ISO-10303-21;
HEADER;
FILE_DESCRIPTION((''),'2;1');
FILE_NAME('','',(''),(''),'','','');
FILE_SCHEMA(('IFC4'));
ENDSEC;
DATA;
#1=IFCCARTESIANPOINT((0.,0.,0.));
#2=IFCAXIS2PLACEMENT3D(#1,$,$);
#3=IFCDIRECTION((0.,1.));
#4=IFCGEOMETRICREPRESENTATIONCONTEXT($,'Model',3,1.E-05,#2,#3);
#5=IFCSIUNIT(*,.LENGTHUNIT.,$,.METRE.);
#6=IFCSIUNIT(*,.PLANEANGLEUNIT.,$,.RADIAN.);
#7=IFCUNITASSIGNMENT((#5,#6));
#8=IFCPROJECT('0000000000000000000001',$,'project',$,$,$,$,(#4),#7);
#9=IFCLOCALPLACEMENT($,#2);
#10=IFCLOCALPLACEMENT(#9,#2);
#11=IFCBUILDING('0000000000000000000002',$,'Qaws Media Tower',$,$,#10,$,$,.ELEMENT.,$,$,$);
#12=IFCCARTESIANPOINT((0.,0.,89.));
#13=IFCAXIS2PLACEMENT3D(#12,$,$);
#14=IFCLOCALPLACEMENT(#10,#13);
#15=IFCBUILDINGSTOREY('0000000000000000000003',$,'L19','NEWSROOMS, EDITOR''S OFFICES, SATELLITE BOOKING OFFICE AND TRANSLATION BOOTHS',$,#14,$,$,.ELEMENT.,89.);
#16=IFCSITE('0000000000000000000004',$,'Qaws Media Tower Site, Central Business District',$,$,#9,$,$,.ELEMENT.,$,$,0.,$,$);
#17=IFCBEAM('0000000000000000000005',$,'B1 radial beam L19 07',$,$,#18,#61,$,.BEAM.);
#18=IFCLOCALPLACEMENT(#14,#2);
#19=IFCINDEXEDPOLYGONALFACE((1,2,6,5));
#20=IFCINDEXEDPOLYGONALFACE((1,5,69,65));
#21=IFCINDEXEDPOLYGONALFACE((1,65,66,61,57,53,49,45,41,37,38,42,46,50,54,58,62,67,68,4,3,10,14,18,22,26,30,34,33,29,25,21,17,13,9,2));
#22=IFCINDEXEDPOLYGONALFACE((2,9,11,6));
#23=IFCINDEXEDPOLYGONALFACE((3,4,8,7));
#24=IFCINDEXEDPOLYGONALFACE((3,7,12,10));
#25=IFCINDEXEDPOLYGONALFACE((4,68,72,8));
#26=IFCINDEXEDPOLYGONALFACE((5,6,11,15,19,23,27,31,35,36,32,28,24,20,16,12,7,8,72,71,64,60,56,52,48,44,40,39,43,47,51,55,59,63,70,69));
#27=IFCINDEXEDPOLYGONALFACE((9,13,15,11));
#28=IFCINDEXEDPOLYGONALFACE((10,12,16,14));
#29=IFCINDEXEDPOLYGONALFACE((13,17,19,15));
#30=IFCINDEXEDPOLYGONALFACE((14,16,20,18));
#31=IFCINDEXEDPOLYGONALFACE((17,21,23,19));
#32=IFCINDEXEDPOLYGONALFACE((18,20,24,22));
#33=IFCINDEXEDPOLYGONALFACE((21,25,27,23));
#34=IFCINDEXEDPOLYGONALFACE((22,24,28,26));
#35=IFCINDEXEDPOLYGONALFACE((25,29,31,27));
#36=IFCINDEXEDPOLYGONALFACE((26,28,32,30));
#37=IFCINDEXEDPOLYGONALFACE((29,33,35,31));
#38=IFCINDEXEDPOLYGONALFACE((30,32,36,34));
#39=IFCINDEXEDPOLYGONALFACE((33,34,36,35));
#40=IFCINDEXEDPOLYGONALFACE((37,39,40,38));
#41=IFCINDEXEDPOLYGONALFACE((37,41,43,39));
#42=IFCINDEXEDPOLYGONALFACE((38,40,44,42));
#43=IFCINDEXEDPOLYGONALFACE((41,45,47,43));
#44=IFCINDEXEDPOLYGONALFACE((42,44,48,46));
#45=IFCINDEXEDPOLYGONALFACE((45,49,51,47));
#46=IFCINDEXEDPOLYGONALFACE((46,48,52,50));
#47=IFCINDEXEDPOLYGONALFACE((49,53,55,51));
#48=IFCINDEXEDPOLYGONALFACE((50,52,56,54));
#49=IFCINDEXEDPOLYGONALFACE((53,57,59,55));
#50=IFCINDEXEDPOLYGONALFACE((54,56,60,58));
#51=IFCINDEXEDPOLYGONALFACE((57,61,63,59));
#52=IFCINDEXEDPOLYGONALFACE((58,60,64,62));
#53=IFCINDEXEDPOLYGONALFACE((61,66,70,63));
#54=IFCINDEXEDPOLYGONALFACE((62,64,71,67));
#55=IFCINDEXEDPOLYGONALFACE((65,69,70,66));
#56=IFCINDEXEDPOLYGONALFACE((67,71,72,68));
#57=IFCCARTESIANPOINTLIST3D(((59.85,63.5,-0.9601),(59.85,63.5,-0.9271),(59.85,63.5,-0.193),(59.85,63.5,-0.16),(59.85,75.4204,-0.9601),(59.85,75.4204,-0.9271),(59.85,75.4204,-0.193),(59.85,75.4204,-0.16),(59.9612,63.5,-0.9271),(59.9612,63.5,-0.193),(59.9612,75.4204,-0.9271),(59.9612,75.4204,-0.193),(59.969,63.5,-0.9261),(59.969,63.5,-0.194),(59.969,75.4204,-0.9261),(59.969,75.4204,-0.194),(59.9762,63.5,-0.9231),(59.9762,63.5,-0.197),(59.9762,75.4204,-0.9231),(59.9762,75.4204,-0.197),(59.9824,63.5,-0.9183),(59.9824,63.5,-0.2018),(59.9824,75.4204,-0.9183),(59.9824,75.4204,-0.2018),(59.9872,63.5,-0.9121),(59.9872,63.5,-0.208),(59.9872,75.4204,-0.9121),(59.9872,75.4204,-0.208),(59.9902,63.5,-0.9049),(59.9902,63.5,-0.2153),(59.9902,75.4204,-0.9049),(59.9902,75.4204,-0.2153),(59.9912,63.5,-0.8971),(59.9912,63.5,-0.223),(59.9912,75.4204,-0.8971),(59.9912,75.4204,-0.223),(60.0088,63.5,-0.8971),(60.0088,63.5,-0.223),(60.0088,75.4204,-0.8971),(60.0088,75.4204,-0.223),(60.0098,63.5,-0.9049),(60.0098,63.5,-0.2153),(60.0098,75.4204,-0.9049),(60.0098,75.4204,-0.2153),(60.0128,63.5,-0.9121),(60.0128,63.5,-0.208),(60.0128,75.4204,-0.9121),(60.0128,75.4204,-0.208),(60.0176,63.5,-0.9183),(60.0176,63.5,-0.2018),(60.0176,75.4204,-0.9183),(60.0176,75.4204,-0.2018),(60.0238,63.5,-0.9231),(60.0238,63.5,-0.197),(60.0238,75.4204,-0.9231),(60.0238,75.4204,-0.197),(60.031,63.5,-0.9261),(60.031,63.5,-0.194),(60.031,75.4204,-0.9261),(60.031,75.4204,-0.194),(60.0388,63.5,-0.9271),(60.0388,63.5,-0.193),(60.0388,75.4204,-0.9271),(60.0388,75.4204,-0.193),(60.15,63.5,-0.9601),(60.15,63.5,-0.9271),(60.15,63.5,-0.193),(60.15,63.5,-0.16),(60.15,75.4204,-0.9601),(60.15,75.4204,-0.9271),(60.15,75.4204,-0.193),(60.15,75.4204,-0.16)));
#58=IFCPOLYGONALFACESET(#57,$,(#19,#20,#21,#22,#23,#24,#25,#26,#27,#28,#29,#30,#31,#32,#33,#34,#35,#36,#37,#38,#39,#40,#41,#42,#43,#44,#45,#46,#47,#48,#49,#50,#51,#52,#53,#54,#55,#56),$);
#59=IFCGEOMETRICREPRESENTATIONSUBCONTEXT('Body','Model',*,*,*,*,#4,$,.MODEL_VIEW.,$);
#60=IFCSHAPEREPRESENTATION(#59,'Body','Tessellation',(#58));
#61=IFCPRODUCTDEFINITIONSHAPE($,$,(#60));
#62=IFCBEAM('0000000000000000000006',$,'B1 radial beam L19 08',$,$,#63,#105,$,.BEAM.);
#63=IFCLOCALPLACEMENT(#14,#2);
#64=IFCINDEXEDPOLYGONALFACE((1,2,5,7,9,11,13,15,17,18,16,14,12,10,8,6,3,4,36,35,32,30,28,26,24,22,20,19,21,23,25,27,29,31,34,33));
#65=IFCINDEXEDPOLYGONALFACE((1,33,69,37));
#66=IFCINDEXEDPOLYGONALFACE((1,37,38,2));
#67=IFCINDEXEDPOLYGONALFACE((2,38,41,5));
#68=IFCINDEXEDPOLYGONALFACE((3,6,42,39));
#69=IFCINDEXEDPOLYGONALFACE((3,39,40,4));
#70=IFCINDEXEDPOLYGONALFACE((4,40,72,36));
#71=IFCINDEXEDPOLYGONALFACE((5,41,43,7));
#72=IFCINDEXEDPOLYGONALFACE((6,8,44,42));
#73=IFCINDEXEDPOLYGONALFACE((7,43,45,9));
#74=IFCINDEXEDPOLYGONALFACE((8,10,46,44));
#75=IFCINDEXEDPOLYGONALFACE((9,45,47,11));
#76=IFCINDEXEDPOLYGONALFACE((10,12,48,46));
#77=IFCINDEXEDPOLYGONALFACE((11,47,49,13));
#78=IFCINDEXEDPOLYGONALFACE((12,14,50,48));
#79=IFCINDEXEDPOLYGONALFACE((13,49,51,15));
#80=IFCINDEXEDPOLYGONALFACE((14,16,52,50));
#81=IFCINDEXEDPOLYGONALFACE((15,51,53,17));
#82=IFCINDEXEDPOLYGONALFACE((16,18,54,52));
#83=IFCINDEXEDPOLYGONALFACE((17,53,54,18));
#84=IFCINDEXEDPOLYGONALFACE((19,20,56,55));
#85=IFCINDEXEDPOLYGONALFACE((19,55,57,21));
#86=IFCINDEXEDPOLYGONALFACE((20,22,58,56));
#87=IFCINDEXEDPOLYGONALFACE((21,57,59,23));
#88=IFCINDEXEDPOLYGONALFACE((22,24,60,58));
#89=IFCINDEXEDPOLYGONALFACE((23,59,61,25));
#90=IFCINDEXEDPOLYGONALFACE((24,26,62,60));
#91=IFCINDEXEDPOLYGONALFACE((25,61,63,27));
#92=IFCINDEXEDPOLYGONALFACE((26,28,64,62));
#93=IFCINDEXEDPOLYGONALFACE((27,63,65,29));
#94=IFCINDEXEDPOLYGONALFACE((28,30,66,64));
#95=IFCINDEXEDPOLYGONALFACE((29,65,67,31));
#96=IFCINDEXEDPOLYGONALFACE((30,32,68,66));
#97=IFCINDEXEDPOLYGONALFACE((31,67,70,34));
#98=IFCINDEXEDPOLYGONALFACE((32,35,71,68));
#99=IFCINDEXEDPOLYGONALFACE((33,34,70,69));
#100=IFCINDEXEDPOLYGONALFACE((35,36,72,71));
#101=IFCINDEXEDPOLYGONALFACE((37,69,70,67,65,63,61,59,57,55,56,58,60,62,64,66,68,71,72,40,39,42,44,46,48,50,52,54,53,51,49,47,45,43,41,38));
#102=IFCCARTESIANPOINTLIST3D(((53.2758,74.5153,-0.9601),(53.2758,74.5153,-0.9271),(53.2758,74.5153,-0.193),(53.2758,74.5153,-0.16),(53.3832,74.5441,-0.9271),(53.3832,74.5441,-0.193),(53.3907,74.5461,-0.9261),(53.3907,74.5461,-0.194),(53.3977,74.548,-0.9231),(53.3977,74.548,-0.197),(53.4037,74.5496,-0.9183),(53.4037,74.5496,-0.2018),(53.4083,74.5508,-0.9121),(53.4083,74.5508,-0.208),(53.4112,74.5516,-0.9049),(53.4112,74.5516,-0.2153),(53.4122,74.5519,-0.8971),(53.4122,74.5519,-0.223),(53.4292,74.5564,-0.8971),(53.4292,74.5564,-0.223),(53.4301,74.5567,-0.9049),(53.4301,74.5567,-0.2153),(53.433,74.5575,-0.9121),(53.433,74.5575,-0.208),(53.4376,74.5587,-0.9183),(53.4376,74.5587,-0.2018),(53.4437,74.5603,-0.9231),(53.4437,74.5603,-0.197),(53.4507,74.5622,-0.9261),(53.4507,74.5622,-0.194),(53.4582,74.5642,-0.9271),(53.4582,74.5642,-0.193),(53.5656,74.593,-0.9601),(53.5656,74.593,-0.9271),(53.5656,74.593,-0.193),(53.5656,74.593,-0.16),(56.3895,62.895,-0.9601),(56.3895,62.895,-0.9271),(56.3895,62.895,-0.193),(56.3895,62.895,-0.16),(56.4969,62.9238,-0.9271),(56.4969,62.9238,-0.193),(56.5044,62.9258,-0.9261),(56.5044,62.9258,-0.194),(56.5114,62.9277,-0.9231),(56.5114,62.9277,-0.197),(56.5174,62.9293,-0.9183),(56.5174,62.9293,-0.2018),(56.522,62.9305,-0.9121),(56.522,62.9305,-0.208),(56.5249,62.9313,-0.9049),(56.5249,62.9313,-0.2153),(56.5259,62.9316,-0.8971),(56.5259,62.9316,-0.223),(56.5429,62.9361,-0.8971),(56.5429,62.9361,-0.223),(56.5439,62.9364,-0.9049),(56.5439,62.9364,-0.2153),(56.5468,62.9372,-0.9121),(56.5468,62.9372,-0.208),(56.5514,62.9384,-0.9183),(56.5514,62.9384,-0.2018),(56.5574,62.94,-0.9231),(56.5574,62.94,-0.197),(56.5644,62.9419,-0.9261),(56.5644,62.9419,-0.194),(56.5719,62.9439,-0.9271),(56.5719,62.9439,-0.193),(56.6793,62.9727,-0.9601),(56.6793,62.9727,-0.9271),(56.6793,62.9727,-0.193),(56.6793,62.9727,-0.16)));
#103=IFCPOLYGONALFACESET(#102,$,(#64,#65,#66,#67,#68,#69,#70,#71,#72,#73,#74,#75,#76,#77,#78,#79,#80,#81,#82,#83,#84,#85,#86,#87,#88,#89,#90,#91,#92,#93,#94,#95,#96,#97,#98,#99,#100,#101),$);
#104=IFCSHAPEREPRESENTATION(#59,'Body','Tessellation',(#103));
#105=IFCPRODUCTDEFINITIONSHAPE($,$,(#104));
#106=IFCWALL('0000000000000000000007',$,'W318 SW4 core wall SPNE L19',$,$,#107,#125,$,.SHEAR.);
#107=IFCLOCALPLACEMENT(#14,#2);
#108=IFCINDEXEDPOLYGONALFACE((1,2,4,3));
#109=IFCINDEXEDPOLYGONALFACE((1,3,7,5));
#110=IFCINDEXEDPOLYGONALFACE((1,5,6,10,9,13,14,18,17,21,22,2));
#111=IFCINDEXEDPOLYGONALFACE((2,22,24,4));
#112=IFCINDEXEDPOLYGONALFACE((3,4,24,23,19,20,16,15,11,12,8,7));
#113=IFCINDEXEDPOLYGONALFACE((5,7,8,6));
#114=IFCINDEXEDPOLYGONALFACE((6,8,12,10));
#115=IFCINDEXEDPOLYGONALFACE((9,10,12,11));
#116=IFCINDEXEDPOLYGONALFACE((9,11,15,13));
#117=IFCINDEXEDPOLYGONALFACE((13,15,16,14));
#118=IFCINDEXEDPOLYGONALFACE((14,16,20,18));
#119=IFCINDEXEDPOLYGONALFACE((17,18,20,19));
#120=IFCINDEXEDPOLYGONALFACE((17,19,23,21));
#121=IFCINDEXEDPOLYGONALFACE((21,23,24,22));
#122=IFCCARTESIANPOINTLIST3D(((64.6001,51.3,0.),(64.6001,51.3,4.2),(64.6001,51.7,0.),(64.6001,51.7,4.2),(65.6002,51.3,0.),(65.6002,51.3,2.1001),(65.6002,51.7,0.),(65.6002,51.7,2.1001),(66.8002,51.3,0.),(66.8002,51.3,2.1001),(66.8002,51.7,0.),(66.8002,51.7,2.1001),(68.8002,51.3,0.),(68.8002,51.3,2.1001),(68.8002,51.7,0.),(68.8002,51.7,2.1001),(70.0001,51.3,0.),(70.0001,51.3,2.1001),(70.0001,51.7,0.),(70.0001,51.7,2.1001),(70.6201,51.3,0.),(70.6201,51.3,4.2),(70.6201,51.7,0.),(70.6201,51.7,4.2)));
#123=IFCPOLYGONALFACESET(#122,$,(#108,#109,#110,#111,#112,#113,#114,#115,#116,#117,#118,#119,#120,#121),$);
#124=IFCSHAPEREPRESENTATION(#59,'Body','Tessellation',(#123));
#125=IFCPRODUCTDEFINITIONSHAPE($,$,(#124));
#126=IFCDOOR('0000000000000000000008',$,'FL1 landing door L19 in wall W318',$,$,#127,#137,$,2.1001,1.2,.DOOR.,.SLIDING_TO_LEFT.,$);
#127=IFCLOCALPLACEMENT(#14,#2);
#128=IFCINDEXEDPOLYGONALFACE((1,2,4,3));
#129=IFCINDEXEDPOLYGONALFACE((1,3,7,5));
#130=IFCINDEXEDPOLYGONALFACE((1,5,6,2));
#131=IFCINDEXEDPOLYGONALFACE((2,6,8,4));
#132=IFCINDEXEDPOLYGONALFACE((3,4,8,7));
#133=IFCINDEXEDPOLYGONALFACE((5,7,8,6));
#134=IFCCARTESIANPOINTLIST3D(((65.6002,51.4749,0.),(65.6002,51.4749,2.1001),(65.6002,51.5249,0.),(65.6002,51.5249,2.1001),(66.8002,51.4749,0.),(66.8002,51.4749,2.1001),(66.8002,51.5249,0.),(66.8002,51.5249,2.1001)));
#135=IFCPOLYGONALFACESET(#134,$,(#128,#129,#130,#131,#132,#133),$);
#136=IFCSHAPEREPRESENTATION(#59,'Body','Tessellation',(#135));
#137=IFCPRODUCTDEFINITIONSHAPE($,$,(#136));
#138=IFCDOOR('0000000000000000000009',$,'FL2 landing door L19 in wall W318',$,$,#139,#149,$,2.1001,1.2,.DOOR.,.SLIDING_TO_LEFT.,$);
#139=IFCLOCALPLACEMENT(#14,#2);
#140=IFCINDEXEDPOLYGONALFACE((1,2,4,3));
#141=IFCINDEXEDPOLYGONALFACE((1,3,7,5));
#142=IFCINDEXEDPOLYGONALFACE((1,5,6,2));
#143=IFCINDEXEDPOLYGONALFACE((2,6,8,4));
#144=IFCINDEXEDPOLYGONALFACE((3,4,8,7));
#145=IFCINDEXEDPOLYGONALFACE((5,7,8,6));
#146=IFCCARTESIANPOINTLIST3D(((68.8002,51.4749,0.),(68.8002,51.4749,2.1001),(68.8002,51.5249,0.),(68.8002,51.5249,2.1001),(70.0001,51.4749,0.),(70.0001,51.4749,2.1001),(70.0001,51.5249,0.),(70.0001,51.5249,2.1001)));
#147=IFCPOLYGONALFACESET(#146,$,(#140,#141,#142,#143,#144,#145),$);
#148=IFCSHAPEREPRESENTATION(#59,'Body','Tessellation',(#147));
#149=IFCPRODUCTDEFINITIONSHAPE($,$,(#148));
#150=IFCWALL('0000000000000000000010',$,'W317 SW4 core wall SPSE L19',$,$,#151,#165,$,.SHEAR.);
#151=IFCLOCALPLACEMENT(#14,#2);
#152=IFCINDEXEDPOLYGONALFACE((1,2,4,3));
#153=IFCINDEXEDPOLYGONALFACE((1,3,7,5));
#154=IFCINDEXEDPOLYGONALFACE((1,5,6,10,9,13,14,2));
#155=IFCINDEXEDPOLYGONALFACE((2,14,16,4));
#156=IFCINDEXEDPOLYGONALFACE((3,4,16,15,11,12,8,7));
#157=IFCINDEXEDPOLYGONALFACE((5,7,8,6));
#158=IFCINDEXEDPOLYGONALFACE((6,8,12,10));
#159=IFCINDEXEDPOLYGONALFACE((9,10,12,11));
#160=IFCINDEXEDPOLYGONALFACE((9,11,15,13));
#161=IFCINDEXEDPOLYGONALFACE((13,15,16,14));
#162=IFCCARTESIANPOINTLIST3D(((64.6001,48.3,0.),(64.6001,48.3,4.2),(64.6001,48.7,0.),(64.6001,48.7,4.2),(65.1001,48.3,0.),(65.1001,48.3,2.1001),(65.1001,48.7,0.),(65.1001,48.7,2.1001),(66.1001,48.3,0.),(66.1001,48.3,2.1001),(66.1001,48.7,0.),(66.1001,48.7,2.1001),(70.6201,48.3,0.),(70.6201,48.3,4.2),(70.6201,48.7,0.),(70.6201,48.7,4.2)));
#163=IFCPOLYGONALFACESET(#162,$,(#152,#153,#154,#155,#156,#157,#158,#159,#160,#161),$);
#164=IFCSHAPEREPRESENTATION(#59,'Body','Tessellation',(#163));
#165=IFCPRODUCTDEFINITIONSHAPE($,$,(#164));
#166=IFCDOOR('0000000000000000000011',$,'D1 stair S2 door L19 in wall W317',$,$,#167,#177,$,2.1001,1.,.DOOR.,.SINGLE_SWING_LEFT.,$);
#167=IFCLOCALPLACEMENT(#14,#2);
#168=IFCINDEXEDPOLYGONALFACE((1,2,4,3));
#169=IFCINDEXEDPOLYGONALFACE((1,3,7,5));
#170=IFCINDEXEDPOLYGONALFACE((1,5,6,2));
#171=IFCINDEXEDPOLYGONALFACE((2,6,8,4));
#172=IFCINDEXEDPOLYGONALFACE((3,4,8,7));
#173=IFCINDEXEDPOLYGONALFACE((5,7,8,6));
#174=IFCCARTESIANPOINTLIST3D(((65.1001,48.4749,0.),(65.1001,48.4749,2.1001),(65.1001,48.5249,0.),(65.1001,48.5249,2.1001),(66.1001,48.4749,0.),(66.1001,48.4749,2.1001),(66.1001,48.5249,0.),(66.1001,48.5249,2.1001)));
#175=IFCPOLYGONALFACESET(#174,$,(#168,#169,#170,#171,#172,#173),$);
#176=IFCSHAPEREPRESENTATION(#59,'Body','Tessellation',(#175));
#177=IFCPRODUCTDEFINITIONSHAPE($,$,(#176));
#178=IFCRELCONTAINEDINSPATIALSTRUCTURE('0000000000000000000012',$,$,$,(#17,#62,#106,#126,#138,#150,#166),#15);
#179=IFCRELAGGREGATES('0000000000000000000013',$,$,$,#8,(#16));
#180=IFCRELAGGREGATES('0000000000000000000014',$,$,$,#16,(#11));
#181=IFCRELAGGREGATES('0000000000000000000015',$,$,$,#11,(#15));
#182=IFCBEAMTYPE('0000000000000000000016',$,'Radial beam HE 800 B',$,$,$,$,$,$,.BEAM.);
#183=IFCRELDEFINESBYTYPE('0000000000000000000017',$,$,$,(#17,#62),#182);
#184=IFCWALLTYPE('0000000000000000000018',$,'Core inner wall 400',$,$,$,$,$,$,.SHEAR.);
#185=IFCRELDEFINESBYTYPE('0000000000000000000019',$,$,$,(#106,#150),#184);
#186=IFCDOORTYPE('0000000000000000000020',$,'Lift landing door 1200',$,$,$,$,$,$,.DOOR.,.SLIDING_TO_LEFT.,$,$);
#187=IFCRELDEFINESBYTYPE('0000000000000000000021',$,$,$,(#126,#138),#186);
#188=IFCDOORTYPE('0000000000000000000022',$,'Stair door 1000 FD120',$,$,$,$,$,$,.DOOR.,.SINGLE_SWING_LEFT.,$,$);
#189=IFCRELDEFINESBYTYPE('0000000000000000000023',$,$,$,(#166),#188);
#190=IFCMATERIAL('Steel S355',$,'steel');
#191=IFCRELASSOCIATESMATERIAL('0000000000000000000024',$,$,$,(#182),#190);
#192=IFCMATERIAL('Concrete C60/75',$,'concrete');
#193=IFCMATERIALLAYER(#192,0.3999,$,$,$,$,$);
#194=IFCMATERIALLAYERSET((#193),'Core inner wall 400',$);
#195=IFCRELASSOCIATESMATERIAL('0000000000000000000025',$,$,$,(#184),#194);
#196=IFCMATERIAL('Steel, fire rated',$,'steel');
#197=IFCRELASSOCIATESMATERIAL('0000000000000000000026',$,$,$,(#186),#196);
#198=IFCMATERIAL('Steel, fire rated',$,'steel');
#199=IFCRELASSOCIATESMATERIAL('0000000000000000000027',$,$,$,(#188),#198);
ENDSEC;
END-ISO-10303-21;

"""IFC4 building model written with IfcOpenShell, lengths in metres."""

from ifc_helpers import new_model, si_unit, direction, frame, frame_2d, origin, origin_2d, place, context, subcontext, project, spatial, rectangle, i_section, extrude, material, layer, layer_set, material_profile, profile_set, type_object, element, fill, save


model = new_model("IFC4")

# Units and contexts
model_context = context("Model", 3, precision=1e-05, world=origin(), true_north=direction((0.0, 1.0)))
body_context = subcontext(model_context, "Body", "Model", "MODEL_VIEW")
ifc_project = project(units=[si_unit("LENGTHUNIT", "METRE"), si_unit("PLANEANGLEUNIT", "RADIAN")], contexts=[model_context])

# Site, building, storey
site_placement = place(None, origin())
site = spatial("IfcSite", under=ifc_project, at=site_placement, Name="Qaws Media Tower Site, Central Business District", CompositionType="ELEMENT", RefElevation=0.0)
building_placement = place(site_placement, origin())
building = spatial("IfcBuilding", under=site, at=building_placement, Name="Qaws Media Tower", CompositionType="ELEMENT")
storey_placement = place(building_placement, frame((0.0, 0.0, 89.0)))
storey = spatial("IfcBuildingStorey", under=building, at=storey_placement, Name="L19", Description="NEWSROOMS, EDITOR'S OFFICES, SATELLITE BOOKING OFFICE AND TRANSLATION BOOTHS", CompositionType="ELEMENT", Elevation=89.0)

# Beams
ifc_material_1 = material(Name="Steel S355", Category="steel")
ifc_material_profile_1 = material_profile(ifc_material_1, i_section(OverallWidth=0.3, OverallDepth=0.8, WebThickness=0.0176, FlangeThickness=0.033, FilletRadius=0.03, at=origin_2d()), Name="HE 800 B")
ifc_profile_set_1 = profile_set([ifc_material_profile_1], Name="Steel S355")
beam_type_1 = type_object("IfcBeamType", Name="Radial beam HE 800 B", PredefinedType="BEAM", material=ifc_profile_set_1)
beam_1_placement = place(storey_placement, frame((60.0, 63.5, -0.5601), z_axis=(0.0, 1.0, 0.0), x_axis=(-1.0, 0.0, 0.0)))
element("IfcBeam", 1, at=beam_1_placement, inside=storey, type_object=beam_type_1, Name="B1 radial beam L19 07", PredefinedType="BEAM", context=body_context, shape_type="SweptSolid", body=[
    extrude(i_section(OverallWidth=0.3, OverallDepth=0.8, WebThickness=0.0176, FlangeThickness=0.033, FilletRadius=0.03, at=origin_2d()), origin(), (0.0, 0.0, 1.0), 11.9204),
])
beam_2_placement = place(storey_placement, frame((56.5344, 62.9338, -0.5601), z_axis=(-0.258827, 0.965924, 0.0), x_axis=(-0.965924, -0.258827, 0.0)))
element("IfcBeam", 2, at=beam_2_placement, inside=storey, type_object=beam_type_1, Name="B1 radial beam L19 08", PredefinedType="BEAM", context=body_context, shape_type="SweptSolid", body=[
    extrude(i_section(OverallWidth=0.3, OverallDepth=0.8, WebThickness=0.0176, FlangeThickness=0.033, FilletRadius=0.03, at=origin_2d()), origin(), (0.0, 0.0, 1.0), 12.0303),
])

# Wall, openings, doors
ifc_material_2 = material(Name="Concrete C60/75", Category="concrete")
ifc_layer_1 = layer(ifc_material_2, 0.3999)
ifc_layer_set_1 = layer_set([ifc_layer_1], Name="Core inner wall 400")
wall_type_1 = type_object("IfcWallType", Name="Core inner wall 400", PredefinedType="SHEAR", material=ifc_layer_set_1)
wall_1_placement = place(storey_placement, frame((64.6001, 51.5, 0.0), z_axis=(0.0, 0.0, 1.0), x_axis=(1.0, 0.0, 0.0)))
wall_1 = element("IfcWall", 3, at=wall_1_placement, inside=storey, type_object=wall_type_1, Name="W318 SW4 core wall SPNE L19", PredefinedType="SHEAR", context=body_context, shape_type="SweptSolid", body=[
    extrude(rectangle(XDim=6.02, YDim=0.3999, at=frame_2d((3.01, 0.0))), origin(), (0.0, 0.0, 1.0), 4.2),
])
opening_1_placement = place(wall_1_placement, frame((1.0, 0.0, 0.0)))
opening_1 = element("IfcOpeningElement", 4, at=opening_1_placement, cuts=wall_1, PredefinedType="OPENING", context=body_context, shape_type="SweptSolid", body=[
    extrude(rectangle(XDim=1.2, YDim=2.1001, at=frame_2d((0.6001, 1.05))), frame((0.0, 0.21, 0.0), z_axis=(0.0, -1.0, 0.0), x_axis=(1.0, 0.0, 0.0)), (0.0, 0.0, 1.0), 0.4199),
])
opening_2_placement = place(wall_1_placement, frame((4.2, 0.0, 0.0)))
opening_2 = element("IfcOpeningElement", 5, at=opening_2_placement, cuts=wall_1, PredefinedType="OPENING", context=body_context, shape_type="SweptSolid", body=[
    extrude(rectangle(XDim=1.2, YDim=2.1001, at=frame_2d((0.6001, 1.05))), frame((0.0, 0.21, 0.0), z_axis=(0.0, -1.0, 0.0), x_axis=(1.0, 0.0, 0.0)), (0.0, 0.0, 1.0), 0.4199),
])
ifc_material_3 = material(Name="Steel, fire rated", Category="steel")
door_type_1 = type_object("IfcDoorType", Name="Lift landing door 1200", OperationType="SLIDING_TO_LEFT", PredefinedType="DOOR", material=ifc_material_3)
door_1_placement = place(opening_1_placement, origin())
door_1 = element("IfcDoor", 6, at=door_1_placement, inside=storey, type_object=door_type_1, Name="FL1 landing door L19 in wall W318", OperationType="SLIDING_TO_LEFT", OverallHeight=2.1001, OverallWidth=1.2, PredefinedType="DOOR", context=body_context, shape_type="SweptSolid", body=[
    extrude(rectangle(XDim=1.2, YDim=2.1001, at=frame_2d((0.6001, 1.05))), frame((0.0, 0.0249, 0.0), z_axis=(0.0, -1.0, 0.0), x_axis=(1.0, 0.0, 0.0)), (0.0, 0.0, 1.0), 0.05),
])
fill(opening_1, door_1)
door_2_placement = place(opening_2_placement, origin())
door_2 = element("IfcDoor", 7, at=door_2_placement, inside=storey, type_object=door_type_1, Name="FL2 landing door L19 in wall W318", OperationType="SLIDING_TO_LEFT", OverallHeight=2.1001, OverallWidth=1.2, PredefinedType="DOOR", context=body_context, shape_type="SweptSolid", body=[
    extrude(rectangle(XDim=1.2, YDim=2.1001, at=frame_2d((0.6001, 1.05))), frame((0.0, 0.0249, 0.0), z_axis=(0.0, -1.0, 0.0), x_axis=(1.0, 0.0, 0.0)), (0.0, 0.0, 1.0), 0.05),
])
fill(opening_2, door_2)

# Wall, opening, door
wall_2_placement = place(storey_placement, frame((64.6001, 48.5, 0.0), z_axis=(0.0, 0.0, 1.0), x_axis=(1.0, 0.0, 0.0)))
wall_2 = element("IfcWall", 8, at=wall_2_placement, inside=storey, type_object=wall_type_1, Name="W317 SW4 core wall SPSE L19", PredefinedType="SHEAR", context=body_context, shape_type="SweptSolid", body=[
    extrude(rectangle(XDim=6.02, YDim=0.3999, at=frame_2d((3.01, 0.0))), origin(), (0.0, 0.0, 1.0), 4.2),
])
opening_3_placement = place(wall_2_placement, frame((0.5, 0.0, 0.0)))
opening_3 = element("IfcOpeningElement", 9, at=opening_3_placement, cuts=wall_2, PredefinedType="OPENING", context=body_context, shape_type="SweptSolid", body=[
    extrude(rectangle(XDim=1.0, YDim=2.1001, at=frame_2d((0.5, 1.05))), frame((0.0, 0.21, 0.0), z_axis=(0.0, -1.0, 0.0), x_axis=(1.0, 0.0, 0.0)), (0.0, 0.0, 1.0), 0.4199),
])
ifc_material_4 = material(Name="Steel, fire rated", Category="steel")
door_type_2 = type_object("IfcDoorType", Name="Stair door 1000 FD120", OperationType="SINGLE_SWING_LEFT", PredefinedType="DOOR", material=ifc_material_4)
door_3_placement = place(opening_3_placement, origin())
door_3 = element("IfcDoor", 10, at=door_3_placement, inside=storey, type_object=door_type_2, Name="D1 stair S2 door L19 in wall W317", OperationType="SINGLE_SWING_LEFT", OverallHeight=2.1001, OverallWidth=1.0, PredefinedType="DOOR", context=body_context, shape_type="SweptSolid", body=[
    extrude(rectangle(XDim=1.0, YDim=2.1001, at=frame_2d((0.5, 1.05))), frame((0.0, 0.0249, 0.0), z_axis=(0.0, -1.0, 0.0), x_axis=(1.0, 0.0, 0.0)), (0.0, 0.0, 1.0), 0.05),
])
fill(opening_3, door_3)

save(model, "model.ifc")
